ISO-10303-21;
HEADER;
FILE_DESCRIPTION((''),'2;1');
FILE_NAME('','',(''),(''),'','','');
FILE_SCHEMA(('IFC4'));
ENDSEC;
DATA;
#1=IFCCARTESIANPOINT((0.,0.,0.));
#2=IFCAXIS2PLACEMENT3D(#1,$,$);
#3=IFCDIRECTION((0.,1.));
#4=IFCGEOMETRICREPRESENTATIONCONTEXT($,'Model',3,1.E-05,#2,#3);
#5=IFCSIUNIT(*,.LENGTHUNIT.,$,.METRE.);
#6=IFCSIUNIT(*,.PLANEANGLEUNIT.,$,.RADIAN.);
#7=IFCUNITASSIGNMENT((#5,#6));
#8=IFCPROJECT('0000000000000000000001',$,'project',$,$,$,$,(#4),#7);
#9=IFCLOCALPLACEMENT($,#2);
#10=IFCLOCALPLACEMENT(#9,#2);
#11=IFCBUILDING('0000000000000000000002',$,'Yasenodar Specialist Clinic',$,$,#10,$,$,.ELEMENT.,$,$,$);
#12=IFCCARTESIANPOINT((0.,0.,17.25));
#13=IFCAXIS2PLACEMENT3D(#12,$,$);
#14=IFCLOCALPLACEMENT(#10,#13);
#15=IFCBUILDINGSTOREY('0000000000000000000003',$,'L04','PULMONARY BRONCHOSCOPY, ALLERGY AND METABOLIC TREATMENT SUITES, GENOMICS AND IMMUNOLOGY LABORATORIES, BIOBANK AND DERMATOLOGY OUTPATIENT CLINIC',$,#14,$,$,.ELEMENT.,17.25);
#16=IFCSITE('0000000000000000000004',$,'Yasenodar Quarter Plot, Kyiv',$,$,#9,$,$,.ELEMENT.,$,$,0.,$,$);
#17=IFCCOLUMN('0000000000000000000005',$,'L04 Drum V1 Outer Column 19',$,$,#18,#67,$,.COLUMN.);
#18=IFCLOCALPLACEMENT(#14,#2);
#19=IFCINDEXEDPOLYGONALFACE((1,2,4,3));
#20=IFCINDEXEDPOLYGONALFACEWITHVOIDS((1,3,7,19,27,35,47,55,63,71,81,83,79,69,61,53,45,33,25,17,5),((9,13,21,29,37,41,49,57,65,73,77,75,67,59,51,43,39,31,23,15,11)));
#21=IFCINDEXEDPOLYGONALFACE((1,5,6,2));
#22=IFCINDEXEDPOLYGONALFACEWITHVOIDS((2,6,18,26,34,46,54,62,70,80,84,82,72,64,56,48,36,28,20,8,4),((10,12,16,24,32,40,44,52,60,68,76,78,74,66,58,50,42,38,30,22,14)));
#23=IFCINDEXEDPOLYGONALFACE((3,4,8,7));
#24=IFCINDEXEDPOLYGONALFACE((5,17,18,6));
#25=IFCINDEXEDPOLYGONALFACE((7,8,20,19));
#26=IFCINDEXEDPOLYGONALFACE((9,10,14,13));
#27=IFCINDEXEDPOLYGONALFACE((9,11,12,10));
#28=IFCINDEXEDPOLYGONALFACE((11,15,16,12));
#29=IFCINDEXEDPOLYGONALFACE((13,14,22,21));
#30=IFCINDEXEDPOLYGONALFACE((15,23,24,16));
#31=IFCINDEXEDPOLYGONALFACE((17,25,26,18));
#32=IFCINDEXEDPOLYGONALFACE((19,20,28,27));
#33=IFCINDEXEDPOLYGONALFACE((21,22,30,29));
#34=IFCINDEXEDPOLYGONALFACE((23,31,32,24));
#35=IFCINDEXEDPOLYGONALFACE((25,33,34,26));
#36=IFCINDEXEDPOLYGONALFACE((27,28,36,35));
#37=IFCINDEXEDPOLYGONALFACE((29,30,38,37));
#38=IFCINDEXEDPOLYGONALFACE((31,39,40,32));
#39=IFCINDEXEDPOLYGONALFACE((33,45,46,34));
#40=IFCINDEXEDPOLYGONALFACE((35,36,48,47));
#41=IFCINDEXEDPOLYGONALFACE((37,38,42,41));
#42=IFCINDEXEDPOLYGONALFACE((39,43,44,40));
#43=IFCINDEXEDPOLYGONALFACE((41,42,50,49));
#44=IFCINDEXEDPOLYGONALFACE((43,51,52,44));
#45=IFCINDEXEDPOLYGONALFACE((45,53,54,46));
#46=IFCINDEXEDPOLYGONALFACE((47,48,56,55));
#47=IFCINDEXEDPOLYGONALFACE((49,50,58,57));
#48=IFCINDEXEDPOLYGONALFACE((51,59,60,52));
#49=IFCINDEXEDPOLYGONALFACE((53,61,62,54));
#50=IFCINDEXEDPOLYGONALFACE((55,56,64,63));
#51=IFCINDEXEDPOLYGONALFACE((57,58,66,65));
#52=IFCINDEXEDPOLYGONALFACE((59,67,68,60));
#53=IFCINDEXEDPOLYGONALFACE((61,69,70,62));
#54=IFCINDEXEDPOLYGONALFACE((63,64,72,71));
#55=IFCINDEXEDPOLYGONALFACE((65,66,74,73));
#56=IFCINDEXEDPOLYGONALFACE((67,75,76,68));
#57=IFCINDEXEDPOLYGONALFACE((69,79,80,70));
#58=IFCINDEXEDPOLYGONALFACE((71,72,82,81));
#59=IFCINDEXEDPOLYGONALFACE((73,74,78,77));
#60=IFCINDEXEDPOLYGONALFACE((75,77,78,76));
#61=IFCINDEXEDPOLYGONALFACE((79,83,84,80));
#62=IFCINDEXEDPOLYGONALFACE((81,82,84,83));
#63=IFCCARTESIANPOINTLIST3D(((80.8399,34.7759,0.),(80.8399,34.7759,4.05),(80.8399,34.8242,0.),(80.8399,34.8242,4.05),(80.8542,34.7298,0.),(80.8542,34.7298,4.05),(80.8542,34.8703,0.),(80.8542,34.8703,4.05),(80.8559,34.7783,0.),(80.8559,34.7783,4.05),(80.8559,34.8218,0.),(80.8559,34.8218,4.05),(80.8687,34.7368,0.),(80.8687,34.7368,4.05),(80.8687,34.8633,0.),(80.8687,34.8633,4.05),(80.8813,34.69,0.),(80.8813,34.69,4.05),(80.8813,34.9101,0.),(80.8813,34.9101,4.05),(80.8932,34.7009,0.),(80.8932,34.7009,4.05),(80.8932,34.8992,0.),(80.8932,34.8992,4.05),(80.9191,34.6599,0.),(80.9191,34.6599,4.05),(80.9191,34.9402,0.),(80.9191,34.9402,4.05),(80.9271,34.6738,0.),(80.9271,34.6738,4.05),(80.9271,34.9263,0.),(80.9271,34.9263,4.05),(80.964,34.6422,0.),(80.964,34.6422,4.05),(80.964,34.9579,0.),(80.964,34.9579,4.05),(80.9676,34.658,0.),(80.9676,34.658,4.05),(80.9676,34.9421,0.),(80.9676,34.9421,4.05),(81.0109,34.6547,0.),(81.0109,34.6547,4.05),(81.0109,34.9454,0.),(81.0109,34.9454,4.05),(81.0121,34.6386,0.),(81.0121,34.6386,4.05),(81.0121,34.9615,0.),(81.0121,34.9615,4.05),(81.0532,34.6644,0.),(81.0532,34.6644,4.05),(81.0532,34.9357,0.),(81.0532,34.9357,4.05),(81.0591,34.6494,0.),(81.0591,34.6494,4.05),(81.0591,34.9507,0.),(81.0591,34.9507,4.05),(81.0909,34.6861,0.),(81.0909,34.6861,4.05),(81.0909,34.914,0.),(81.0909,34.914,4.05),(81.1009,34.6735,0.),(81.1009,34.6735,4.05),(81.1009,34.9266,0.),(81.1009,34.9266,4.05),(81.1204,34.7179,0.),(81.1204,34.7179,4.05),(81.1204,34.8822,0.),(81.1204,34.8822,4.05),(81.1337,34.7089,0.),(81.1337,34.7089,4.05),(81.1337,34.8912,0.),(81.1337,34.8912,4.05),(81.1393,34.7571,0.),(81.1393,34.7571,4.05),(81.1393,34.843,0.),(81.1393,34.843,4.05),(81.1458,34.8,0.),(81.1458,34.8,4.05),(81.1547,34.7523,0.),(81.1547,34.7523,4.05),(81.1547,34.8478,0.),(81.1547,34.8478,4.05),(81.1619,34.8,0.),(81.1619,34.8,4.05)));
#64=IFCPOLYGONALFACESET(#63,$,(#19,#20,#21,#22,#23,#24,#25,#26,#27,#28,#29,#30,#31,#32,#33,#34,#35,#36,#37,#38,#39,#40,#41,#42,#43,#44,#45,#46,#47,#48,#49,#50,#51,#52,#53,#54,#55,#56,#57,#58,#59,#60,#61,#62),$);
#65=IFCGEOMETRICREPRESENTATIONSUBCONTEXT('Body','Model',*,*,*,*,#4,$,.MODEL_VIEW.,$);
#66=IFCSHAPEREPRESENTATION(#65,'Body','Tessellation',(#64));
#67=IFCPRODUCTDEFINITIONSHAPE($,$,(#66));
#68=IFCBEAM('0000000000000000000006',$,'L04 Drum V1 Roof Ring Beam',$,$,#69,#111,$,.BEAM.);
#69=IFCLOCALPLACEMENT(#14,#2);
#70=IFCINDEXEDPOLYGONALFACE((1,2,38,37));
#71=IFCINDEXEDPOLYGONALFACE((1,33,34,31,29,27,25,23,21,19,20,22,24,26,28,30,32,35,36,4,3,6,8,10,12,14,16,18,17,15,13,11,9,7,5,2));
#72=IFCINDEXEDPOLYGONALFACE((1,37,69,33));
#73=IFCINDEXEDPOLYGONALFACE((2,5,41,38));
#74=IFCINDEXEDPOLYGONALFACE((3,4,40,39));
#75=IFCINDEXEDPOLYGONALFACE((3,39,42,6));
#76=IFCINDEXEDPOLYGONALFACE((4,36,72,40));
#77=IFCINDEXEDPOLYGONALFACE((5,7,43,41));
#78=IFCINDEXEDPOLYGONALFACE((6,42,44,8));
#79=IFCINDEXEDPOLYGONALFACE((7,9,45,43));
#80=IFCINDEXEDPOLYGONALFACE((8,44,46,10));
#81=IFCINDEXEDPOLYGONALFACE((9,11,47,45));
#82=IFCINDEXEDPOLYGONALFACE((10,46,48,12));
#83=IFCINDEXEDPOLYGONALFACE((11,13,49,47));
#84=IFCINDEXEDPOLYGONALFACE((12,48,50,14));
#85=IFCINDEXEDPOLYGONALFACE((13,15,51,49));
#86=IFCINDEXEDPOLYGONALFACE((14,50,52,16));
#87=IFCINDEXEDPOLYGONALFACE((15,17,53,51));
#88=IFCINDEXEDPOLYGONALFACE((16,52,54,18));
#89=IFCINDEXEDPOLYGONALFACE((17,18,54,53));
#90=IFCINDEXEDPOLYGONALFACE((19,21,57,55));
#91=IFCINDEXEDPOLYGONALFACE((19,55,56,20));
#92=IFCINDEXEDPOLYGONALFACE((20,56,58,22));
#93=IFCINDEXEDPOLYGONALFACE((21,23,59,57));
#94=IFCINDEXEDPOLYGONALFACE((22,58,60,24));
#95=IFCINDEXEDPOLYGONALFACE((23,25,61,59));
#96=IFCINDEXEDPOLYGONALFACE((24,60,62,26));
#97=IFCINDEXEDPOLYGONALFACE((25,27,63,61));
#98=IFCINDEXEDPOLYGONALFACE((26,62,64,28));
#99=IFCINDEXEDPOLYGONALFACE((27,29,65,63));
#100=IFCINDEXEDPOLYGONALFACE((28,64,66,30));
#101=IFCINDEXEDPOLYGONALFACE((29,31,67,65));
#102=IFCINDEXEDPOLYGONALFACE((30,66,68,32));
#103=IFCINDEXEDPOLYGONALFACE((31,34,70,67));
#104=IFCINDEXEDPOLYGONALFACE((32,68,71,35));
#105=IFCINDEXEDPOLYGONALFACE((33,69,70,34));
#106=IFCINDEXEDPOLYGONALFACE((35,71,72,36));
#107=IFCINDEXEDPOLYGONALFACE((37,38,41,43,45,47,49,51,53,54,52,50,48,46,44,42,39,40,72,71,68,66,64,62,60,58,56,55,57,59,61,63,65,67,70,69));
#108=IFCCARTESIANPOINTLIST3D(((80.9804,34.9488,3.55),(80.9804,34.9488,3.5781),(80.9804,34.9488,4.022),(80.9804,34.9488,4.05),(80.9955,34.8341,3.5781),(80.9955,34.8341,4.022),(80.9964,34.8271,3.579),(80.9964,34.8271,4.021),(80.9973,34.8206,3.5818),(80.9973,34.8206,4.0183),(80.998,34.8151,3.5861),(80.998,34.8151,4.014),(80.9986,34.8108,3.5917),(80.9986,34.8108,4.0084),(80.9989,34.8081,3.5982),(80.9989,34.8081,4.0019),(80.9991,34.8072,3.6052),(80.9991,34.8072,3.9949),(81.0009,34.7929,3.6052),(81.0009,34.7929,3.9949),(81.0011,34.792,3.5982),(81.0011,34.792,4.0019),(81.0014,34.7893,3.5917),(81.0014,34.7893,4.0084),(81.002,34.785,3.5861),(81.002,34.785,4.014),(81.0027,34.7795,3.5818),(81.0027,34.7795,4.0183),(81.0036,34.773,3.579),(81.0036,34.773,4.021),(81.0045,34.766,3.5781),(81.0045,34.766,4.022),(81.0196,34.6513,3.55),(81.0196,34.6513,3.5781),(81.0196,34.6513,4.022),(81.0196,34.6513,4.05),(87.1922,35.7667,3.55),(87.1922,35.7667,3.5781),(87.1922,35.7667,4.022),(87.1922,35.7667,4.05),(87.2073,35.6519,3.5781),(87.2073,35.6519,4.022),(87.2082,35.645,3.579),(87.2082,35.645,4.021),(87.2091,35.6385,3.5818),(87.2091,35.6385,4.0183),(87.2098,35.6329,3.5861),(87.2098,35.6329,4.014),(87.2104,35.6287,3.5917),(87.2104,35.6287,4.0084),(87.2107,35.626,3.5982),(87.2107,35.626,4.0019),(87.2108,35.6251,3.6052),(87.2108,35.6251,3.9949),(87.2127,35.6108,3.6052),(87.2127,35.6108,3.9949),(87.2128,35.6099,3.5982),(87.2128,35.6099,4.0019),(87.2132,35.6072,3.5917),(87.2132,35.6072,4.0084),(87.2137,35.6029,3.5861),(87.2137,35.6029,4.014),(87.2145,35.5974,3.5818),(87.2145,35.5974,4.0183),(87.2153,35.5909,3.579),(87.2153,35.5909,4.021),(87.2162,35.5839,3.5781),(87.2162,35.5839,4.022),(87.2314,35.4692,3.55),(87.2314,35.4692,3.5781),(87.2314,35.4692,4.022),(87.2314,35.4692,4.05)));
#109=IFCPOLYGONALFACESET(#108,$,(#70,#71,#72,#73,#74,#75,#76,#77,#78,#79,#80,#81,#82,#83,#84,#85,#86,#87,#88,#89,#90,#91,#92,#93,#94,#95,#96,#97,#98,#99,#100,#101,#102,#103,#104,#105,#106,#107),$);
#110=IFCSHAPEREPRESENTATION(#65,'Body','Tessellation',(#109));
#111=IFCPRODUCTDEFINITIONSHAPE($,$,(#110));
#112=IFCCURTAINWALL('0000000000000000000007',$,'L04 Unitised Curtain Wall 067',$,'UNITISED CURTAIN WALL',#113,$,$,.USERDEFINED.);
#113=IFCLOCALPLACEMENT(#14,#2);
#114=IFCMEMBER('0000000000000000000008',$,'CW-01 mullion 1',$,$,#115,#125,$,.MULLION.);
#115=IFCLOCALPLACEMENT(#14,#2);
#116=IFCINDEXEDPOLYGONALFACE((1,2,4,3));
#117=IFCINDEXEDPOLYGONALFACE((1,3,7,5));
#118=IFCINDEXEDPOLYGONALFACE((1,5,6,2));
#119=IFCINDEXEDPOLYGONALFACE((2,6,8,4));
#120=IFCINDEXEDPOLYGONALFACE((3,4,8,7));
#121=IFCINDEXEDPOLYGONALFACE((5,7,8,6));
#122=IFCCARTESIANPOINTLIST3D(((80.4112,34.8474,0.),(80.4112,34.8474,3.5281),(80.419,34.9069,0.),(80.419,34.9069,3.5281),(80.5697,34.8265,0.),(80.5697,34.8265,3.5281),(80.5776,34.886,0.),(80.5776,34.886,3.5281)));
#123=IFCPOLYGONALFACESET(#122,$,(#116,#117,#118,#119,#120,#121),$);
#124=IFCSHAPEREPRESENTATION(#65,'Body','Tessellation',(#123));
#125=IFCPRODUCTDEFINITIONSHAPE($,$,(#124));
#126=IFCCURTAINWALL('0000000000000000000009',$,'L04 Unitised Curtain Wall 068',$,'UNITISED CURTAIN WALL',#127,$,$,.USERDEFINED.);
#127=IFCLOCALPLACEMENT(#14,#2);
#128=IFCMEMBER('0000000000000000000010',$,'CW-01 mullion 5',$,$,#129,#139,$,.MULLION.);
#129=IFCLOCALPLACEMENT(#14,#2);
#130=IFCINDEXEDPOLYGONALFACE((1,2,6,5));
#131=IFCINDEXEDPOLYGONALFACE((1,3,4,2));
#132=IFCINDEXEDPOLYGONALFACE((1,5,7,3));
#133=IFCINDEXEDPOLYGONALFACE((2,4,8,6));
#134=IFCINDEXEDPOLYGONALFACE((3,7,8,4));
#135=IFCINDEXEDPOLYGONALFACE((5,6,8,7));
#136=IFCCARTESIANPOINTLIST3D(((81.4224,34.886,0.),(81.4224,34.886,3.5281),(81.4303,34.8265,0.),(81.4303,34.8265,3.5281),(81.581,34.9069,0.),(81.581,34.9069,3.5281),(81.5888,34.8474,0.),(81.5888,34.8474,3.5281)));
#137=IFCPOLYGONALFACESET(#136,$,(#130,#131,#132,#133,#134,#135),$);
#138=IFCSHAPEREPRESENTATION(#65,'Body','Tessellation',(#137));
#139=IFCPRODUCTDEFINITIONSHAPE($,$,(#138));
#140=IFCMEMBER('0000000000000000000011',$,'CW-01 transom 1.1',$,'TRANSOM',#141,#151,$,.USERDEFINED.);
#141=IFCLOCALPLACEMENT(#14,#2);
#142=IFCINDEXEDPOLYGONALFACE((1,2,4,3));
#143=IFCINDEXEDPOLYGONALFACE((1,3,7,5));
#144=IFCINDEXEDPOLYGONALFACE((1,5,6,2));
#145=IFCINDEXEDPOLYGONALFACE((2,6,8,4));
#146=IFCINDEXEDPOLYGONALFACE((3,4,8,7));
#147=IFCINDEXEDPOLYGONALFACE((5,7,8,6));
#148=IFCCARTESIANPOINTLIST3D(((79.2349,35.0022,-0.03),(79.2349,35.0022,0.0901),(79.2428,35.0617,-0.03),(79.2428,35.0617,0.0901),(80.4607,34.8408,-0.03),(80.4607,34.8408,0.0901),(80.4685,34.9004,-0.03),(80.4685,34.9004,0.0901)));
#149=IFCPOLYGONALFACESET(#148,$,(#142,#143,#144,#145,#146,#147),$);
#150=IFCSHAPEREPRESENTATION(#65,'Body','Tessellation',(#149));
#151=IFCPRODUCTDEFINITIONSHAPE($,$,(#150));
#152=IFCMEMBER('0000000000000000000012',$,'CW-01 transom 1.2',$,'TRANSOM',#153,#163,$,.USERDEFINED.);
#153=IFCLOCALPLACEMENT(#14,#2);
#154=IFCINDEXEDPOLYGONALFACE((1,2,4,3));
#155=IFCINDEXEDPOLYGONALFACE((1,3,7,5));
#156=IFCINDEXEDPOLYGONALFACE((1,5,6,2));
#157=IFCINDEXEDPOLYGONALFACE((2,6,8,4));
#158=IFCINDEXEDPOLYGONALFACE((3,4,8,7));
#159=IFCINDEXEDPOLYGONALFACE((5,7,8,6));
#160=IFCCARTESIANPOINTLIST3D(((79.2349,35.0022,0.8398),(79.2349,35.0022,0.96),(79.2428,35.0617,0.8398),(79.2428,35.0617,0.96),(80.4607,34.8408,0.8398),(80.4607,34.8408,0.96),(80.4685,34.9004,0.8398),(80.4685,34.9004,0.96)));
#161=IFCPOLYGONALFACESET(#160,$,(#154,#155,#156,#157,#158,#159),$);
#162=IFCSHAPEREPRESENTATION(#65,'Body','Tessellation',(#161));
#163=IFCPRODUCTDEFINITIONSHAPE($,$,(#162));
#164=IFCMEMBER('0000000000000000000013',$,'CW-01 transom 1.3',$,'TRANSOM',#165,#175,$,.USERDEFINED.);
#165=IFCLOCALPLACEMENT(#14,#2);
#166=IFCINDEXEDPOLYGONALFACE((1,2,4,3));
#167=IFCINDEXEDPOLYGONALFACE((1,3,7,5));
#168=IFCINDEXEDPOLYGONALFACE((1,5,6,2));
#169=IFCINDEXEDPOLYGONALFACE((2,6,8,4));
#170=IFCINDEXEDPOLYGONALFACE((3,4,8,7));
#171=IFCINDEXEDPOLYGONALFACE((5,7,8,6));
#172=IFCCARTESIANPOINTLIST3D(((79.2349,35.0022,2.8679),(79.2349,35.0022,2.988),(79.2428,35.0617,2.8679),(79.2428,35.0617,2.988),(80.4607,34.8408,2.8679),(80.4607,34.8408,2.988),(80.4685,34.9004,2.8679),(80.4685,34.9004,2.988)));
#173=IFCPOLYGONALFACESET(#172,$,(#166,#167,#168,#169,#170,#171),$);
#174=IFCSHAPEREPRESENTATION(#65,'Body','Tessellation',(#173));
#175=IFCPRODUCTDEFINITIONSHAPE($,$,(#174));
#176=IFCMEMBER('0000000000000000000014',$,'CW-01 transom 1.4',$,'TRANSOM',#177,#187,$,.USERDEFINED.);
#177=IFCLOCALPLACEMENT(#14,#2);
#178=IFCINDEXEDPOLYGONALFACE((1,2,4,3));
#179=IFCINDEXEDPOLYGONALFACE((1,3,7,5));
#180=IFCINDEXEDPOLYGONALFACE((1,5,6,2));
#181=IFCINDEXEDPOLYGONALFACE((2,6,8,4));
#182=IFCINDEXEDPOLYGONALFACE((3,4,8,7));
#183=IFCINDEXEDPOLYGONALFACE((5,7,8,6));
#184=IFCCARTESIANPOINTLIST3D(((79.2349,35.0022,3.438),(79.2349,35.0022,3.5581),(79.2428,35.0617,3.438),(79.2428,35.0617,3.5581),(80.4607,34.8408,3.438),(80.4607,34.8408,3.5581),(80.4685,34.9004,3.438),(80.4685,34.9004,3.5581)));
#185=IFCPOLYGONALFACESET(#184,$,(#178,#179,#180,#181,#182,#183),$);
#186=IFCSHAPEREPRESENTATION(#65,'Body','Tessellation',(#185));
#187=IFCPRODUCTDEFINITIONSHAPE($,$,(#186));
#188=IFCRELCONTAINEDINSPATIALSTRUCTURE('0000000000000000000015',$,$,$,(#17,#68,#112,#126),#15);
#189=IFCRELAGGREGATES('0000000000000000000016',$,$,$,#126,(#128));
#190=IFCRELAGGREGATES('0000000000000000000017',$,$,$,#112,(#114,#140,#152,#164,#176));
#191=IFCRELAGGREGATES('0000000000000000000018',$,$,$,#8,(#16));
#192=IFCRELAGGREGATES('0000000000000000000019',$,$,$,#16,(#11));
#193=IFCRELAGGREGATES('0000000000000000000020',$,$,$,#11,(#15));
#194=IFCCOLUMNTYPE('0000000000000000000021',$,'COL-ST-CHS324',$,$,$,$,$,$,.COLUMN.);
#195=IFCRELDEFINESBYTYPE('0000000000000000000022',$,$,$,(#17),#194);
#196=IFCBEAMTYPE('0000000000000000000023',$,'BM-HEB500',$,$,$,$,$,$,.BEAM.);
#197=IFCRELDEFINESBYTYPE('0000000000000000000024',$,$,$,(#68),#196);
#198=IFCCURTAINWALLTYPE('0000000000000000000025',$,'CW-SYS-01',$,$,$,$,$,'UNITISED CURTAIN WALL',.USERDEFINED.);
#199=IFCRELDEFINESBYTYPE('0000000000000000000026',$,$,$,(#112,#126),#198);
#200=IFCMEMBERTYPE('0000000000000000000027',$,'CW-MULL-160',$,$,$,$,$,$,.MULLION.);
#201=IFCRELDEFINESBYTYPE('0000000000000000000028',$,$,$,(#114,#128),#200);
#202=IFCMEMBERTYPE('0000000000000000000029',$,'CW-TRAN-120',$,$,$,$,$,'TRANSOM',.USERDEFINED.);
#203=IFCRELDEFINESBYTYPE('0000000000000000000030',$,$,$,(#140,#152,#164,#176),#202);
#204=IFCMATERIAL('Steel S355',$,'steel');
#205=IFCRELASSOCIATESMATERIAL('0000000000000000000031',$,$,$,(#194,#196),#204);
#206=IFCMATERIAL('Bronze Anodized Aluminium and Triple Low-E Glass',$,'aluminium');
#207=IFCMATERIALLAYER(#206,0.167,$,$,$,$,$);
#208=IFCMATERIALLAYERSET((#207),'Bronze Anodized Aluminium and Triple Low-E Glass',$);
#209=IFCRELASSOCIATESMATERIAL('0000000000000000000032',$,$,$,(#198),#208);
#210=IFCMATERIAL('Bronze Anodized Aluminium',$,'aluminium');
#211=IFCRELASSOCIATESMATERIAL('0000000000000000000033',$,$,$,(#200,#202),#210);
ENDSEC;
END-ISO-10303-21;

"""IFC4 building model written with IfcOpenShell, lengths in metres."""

from ifc_helpers import new_model, si_unit, direction, frame, origin, origin_2d, place, context, subcontext, project, spatial, rectangle, hollow_circle, i_section, extrude, material, layer, layer_set, material_profile, profile_set, type_object, element, aggregate, save


model = new_model("IFC4")

# Units and contexts
model_context = context("Model", 3, precision=1e-05, world=origin(), true_north=direction((0.0, 1.0)))
body_context = subcontext(model_context, "Body", "Model", "MODEL_VIEW")
ifc_project = project(units=[si_unit("LENGTHUNIT", "METRE"), si_unit("PLANEANGLEUNIT", "RADIAN")], contexts=[model_context])

# Site, building, storey
site_placement = place(None, origin())
site = spatial("IfcSite", under=ifc_project, at=site_placement, Name="Yasenodar Quarter Plot, Kyiv", CompositionType="ELEMENT", RefElevation=0.0)
building_placement = place(site_placement, origin())
building = spatial("IfcBuilding", under=site, at=building_placement, Name="Yasenodar Specialist Clinic", CompositionType="ELEMENT")
storey_placement = place(building_placement, frame((0.0, 0.0, 17.25)))
storey = spatial("IfcBuildingStorey", under=building, at=storey_placement, Name="L04", Description="PULMONARY BRONCHOSCOPY, ALLERGY AND METABOLIC TREATMENT SUITES, GENOMICS AND IMMUNOLOGY LABORATORIES, BIOBANK AND DERMATOLOGY OUTPATIENT CLINIC", CompositionType="ELEMENT", Elevation=17.25)

# Column
ifc_material_1 = material(Name="Steel S355", Category="steel")
ifc_material_profile_1 = material_profile(ifc_material_1, hollow_circle(Radius=0.1619, WallThickness=0.0161, at=origin_2d()), Name="CHS 323.9x16")
ifc_profile_set_1 = profile_set([ifc_material_profile_1], Name="Steel S355")
column_type = type_object("IfcColumnType", Name="COL-ST-CHS324", PredefinedType="COLUMN", material=ifc_profile_set_1)
column_placement = place(storey_placement, frame((81.0, 34.8, 0.0), z_axis=(0.0, 0.0, 1.0), x_axis=(1.0, 0.0, 0.0)))
element("IfcColumn", 1, at=column_placement, inside=storey, type_object=column_type, Name="L04 Drum V1 Outer Column 19", PredefinedType="COLUMN", context=body_context, shape_type="SweptSolid", body=[
    extrude(hollow_circle(Radius=0.1619, WallThickness=0.0161, at=origin_2d()), origin(), (0.0, 0.0, 1.0), 4.05),
])

# Beam
ifc_material_profile_2 = material_profile(ifc_material_1, i_section(OverallWidth=0.3, OverallDepth=0.5, WebThickness=0.0144, FlangeThickness=0.0281, FilletRadius=0.0271, at=origin_2d()), Name="HEB 500")
ifc_profile_set_2 = profile_set([ifc_material_profile_2], Name="Steel S355")
beam_type = type_object("IfcBeamType", Name="BM-HEB500", PredefinedType="BEAM", material=ifc_profile_set_2)
beam_placement = place(storey_placement, frame((81.0, 34.8, 3.8), z_axis=(0.991443, 0.13054, 0.0), x_axis=(-0.13054, 0.991443, 0.0)))
element("IfcBeam", 2, at=beam_placement, inside=storey, type_object=beam_type, Name="L04 Drum V1 Roof Ring Beam", PredefinedType="BEAM", context=body_context, shape_type="SweptSolid", body=[
    extrude(i_section(OverallWidth=0.3, OverallDepth=0.5, WebThickness=0.0144, FlangeThickness=0.0281, FilletRadius=0.0271, at=origin_2d()), origin(), (0.0, 0.0, 1.0), 6.2654),
])

# Curtain walls, members
ifc_material_2 = material(Name="Bronze Anodized Aluminium and Triple Low-E Glass", Category="aluminium")
ifc_layer_1 = layer(ifc_material_2, 0.167)
ifc_layer_set_1 = layer_set([ifc_layer_1], Name="Bronze Anodized Aluminium and Triple Low-E Glass")
curtain_wall_type = type_object("IfcCurtainWallType", Name="CW-SYS-01", ElementType="UNITISED CURTAIN WALL", PredefinedType="USERDEFINED", material=ifc_layer_set_1)
curtain_wall_1_placement = place(storey_placement, origin())
curtain_wall_1 = element("IfcCurtainWall", 3, at=curtain_wall_1_placement, inside=storey, type_object=curtain_wall_type, Name="L04 Unitised Curtain Wall 067", ObjectType="UNITISED CURTAIN WALL", PredefinedType="USERDEFINED")
ifc_material_3 = material(Name="Bronze Anodized Aluminium", Category="aluminium")
ifc_material_profile_3 = material_profile(ifc_material_3, rectangle(XDim=0.0601, YDim=0.1599, at=origin_2d()), Name="CW-MULL 60x160")
ifc_profile_set_3 = profile_set([ifc_material_profile_3], Name="Bronze Anodized Aluminium")
member_type_1 = type_object("IfcMemberType", Name="CW-MULL-160", PredefinedType="MULLION", material=ifc_profile_set_3)
member_1_placement = place(storey_placement, frame((80.4944, 34.8667, 0.0), z_axis=(0.0, 0.0, 1.0), x_axis=(-0.130512, -0.991447, 0.0)))
member_1 = element("IfcMember", 4, at=member_1_placement, type_object=member_type_1, Name="CW-01 mullion 1", PredefinedType="MULLION", context=body_context, shape_type="SweptSolid", body=[
    extrude(rectangle(XDim=0.0601, YDim=0.1599, at=origin_2d()), origin(), (0.0, 0.0, 1.0), 3.5281),
])
curtain_wall_2_placement = place(storey_placement, origin())
curtain_wall_2 = element("IfcCurtainWall", 5, at=curtain_wall_2_placement, inside=storey, type_object=curtain_wall_type, Name="L04 Unitised Curtain Wall 068", ObjectType="UNITISED CURTAIN WALL", PredefinedType="USERDEFINED")
member_2_placement = place(storey_placement, frame((81.5056, 34.8667, 0.0), z_axis=(0.0, 0.0, 1.0), x_axis=(0.130512, -0.991447, 0.0)))
member_2 = element("IfcMember", 6, at=member_2_placement, type_object=member_type_1, Name="CW-01 mullion 5", PredefinedType="MULLION", context=body_context, shape_type="SweptSolid", body=[
    extrude(rectangle(XDim=0.0601, YDim=0.1599, at=origin_2d()), origin(), (0.0, 0.0, 1.0), 3.5281),
])

# Members
ifc_material_profile_4 = material_profile(ifc_material_3, rectangle(XDim=0.0601, YDim=0.1201, at=origin_2d()), Name="CW-TRAN 60x120")
ifc_profile_set_4 = profile_set([ifc_material_profile_4], Name="Bronze Anodized Aluminium")
member_type_2 = type_object("IfcMemberType", Name="CW-TRAN-120", ElementType="TRANSOM", PredefinedType="USERDEFINED", material=ifc_profile_set_4)
member_3_placement = place(storey_placement, frame((80.4646, 34.8706, 0.03), z_axis=(-0.991446, 0.130521, 0.0), x_axis=(-0.130521, -0.991446, 0.0)))
member_3 = element("IfcMember", 7, at=member_3_placement, type_object=member_type_2, Name="CW-01 transom 1.1", ObjectType="TRANSOM", PredefinedType="USERDEFINED", context=body_context, shape_type="SweptSolid", body=[
    extrude(rectangle(XDim=0.0601, YDim=0.1201, at=origin_2d()), origin(), (0.0, 0.0, 1.0), 1.2363),
])
member_4_placement = place(storey_placement, frame((80.4646, 34.8706, 0.8999), z_axis=(-0.991446, 0.130521, 0.0), x_axis=(-0.130521, -0.991446, 0.0)))
member_4 = element("IfcMember", 8, at=member_4_placement, type_object=member_type_2, Name="CW-01 transom 1.2", ObjectType="TRANSOM", PredefinedType="USERDEFINED", context=body_context, shape_type="SweptSolid", body=[
    extrude(rectangle(XDim=0.0601, YDim=0.1201, at=origin_2d()), origin(), (0.0, 0.0, 1.0), 1.2363),
])
member_5_placement = place(storey_placement, frame((80.4646, 34.8706, 2.928), z_axis=(-0.991446, 0.130521, 0.0), x_axis=(-0.130521, -0.991446, 0.0)))
member_5 = element("IfcMember", 9, at=member_5_placement, type_object=member_type_2, Name="CW-01 transom 1.3", ObjectType="TRANSOM", PredefinedType="USERDEFINED", context=body_context, shape_type="SweptSolid", body=[
    extrude(rectangle(XDim=0.0601, YDim=0.1201, at=origin_2d()), origin(), (0.0, 0.0, 1.0), 1.2363),
])
member_6_placement = place(storey_placement, frame((80.4646, 34.8706, 3.498), z_axis=(-0.991446, 0.130521, 0.0), x_axis=(-0.130521, -0.991446, 0.0)))
member_6 = element("IfcMember", 10, at=member_6_placement, type_object=member_type_2, Name="CW-01 transom 1.4", ObjectType="TRANSOM", PredefinedType="USERDEFINED", context=body_context, shape_type="SweptSolid", body=[
    extrude(rectangle(XDim=0.0601, YDim=0.1201, at=origin_2d()), origin(), (0.0, 0.0, 1.0), 1.2363),
])

aggregate(curtain_wall_2, [member_2])
aggregate(curtain_wall_1, [member_1, member_3, member_4, member_5, member_6])

save(model, "model.ifc")
